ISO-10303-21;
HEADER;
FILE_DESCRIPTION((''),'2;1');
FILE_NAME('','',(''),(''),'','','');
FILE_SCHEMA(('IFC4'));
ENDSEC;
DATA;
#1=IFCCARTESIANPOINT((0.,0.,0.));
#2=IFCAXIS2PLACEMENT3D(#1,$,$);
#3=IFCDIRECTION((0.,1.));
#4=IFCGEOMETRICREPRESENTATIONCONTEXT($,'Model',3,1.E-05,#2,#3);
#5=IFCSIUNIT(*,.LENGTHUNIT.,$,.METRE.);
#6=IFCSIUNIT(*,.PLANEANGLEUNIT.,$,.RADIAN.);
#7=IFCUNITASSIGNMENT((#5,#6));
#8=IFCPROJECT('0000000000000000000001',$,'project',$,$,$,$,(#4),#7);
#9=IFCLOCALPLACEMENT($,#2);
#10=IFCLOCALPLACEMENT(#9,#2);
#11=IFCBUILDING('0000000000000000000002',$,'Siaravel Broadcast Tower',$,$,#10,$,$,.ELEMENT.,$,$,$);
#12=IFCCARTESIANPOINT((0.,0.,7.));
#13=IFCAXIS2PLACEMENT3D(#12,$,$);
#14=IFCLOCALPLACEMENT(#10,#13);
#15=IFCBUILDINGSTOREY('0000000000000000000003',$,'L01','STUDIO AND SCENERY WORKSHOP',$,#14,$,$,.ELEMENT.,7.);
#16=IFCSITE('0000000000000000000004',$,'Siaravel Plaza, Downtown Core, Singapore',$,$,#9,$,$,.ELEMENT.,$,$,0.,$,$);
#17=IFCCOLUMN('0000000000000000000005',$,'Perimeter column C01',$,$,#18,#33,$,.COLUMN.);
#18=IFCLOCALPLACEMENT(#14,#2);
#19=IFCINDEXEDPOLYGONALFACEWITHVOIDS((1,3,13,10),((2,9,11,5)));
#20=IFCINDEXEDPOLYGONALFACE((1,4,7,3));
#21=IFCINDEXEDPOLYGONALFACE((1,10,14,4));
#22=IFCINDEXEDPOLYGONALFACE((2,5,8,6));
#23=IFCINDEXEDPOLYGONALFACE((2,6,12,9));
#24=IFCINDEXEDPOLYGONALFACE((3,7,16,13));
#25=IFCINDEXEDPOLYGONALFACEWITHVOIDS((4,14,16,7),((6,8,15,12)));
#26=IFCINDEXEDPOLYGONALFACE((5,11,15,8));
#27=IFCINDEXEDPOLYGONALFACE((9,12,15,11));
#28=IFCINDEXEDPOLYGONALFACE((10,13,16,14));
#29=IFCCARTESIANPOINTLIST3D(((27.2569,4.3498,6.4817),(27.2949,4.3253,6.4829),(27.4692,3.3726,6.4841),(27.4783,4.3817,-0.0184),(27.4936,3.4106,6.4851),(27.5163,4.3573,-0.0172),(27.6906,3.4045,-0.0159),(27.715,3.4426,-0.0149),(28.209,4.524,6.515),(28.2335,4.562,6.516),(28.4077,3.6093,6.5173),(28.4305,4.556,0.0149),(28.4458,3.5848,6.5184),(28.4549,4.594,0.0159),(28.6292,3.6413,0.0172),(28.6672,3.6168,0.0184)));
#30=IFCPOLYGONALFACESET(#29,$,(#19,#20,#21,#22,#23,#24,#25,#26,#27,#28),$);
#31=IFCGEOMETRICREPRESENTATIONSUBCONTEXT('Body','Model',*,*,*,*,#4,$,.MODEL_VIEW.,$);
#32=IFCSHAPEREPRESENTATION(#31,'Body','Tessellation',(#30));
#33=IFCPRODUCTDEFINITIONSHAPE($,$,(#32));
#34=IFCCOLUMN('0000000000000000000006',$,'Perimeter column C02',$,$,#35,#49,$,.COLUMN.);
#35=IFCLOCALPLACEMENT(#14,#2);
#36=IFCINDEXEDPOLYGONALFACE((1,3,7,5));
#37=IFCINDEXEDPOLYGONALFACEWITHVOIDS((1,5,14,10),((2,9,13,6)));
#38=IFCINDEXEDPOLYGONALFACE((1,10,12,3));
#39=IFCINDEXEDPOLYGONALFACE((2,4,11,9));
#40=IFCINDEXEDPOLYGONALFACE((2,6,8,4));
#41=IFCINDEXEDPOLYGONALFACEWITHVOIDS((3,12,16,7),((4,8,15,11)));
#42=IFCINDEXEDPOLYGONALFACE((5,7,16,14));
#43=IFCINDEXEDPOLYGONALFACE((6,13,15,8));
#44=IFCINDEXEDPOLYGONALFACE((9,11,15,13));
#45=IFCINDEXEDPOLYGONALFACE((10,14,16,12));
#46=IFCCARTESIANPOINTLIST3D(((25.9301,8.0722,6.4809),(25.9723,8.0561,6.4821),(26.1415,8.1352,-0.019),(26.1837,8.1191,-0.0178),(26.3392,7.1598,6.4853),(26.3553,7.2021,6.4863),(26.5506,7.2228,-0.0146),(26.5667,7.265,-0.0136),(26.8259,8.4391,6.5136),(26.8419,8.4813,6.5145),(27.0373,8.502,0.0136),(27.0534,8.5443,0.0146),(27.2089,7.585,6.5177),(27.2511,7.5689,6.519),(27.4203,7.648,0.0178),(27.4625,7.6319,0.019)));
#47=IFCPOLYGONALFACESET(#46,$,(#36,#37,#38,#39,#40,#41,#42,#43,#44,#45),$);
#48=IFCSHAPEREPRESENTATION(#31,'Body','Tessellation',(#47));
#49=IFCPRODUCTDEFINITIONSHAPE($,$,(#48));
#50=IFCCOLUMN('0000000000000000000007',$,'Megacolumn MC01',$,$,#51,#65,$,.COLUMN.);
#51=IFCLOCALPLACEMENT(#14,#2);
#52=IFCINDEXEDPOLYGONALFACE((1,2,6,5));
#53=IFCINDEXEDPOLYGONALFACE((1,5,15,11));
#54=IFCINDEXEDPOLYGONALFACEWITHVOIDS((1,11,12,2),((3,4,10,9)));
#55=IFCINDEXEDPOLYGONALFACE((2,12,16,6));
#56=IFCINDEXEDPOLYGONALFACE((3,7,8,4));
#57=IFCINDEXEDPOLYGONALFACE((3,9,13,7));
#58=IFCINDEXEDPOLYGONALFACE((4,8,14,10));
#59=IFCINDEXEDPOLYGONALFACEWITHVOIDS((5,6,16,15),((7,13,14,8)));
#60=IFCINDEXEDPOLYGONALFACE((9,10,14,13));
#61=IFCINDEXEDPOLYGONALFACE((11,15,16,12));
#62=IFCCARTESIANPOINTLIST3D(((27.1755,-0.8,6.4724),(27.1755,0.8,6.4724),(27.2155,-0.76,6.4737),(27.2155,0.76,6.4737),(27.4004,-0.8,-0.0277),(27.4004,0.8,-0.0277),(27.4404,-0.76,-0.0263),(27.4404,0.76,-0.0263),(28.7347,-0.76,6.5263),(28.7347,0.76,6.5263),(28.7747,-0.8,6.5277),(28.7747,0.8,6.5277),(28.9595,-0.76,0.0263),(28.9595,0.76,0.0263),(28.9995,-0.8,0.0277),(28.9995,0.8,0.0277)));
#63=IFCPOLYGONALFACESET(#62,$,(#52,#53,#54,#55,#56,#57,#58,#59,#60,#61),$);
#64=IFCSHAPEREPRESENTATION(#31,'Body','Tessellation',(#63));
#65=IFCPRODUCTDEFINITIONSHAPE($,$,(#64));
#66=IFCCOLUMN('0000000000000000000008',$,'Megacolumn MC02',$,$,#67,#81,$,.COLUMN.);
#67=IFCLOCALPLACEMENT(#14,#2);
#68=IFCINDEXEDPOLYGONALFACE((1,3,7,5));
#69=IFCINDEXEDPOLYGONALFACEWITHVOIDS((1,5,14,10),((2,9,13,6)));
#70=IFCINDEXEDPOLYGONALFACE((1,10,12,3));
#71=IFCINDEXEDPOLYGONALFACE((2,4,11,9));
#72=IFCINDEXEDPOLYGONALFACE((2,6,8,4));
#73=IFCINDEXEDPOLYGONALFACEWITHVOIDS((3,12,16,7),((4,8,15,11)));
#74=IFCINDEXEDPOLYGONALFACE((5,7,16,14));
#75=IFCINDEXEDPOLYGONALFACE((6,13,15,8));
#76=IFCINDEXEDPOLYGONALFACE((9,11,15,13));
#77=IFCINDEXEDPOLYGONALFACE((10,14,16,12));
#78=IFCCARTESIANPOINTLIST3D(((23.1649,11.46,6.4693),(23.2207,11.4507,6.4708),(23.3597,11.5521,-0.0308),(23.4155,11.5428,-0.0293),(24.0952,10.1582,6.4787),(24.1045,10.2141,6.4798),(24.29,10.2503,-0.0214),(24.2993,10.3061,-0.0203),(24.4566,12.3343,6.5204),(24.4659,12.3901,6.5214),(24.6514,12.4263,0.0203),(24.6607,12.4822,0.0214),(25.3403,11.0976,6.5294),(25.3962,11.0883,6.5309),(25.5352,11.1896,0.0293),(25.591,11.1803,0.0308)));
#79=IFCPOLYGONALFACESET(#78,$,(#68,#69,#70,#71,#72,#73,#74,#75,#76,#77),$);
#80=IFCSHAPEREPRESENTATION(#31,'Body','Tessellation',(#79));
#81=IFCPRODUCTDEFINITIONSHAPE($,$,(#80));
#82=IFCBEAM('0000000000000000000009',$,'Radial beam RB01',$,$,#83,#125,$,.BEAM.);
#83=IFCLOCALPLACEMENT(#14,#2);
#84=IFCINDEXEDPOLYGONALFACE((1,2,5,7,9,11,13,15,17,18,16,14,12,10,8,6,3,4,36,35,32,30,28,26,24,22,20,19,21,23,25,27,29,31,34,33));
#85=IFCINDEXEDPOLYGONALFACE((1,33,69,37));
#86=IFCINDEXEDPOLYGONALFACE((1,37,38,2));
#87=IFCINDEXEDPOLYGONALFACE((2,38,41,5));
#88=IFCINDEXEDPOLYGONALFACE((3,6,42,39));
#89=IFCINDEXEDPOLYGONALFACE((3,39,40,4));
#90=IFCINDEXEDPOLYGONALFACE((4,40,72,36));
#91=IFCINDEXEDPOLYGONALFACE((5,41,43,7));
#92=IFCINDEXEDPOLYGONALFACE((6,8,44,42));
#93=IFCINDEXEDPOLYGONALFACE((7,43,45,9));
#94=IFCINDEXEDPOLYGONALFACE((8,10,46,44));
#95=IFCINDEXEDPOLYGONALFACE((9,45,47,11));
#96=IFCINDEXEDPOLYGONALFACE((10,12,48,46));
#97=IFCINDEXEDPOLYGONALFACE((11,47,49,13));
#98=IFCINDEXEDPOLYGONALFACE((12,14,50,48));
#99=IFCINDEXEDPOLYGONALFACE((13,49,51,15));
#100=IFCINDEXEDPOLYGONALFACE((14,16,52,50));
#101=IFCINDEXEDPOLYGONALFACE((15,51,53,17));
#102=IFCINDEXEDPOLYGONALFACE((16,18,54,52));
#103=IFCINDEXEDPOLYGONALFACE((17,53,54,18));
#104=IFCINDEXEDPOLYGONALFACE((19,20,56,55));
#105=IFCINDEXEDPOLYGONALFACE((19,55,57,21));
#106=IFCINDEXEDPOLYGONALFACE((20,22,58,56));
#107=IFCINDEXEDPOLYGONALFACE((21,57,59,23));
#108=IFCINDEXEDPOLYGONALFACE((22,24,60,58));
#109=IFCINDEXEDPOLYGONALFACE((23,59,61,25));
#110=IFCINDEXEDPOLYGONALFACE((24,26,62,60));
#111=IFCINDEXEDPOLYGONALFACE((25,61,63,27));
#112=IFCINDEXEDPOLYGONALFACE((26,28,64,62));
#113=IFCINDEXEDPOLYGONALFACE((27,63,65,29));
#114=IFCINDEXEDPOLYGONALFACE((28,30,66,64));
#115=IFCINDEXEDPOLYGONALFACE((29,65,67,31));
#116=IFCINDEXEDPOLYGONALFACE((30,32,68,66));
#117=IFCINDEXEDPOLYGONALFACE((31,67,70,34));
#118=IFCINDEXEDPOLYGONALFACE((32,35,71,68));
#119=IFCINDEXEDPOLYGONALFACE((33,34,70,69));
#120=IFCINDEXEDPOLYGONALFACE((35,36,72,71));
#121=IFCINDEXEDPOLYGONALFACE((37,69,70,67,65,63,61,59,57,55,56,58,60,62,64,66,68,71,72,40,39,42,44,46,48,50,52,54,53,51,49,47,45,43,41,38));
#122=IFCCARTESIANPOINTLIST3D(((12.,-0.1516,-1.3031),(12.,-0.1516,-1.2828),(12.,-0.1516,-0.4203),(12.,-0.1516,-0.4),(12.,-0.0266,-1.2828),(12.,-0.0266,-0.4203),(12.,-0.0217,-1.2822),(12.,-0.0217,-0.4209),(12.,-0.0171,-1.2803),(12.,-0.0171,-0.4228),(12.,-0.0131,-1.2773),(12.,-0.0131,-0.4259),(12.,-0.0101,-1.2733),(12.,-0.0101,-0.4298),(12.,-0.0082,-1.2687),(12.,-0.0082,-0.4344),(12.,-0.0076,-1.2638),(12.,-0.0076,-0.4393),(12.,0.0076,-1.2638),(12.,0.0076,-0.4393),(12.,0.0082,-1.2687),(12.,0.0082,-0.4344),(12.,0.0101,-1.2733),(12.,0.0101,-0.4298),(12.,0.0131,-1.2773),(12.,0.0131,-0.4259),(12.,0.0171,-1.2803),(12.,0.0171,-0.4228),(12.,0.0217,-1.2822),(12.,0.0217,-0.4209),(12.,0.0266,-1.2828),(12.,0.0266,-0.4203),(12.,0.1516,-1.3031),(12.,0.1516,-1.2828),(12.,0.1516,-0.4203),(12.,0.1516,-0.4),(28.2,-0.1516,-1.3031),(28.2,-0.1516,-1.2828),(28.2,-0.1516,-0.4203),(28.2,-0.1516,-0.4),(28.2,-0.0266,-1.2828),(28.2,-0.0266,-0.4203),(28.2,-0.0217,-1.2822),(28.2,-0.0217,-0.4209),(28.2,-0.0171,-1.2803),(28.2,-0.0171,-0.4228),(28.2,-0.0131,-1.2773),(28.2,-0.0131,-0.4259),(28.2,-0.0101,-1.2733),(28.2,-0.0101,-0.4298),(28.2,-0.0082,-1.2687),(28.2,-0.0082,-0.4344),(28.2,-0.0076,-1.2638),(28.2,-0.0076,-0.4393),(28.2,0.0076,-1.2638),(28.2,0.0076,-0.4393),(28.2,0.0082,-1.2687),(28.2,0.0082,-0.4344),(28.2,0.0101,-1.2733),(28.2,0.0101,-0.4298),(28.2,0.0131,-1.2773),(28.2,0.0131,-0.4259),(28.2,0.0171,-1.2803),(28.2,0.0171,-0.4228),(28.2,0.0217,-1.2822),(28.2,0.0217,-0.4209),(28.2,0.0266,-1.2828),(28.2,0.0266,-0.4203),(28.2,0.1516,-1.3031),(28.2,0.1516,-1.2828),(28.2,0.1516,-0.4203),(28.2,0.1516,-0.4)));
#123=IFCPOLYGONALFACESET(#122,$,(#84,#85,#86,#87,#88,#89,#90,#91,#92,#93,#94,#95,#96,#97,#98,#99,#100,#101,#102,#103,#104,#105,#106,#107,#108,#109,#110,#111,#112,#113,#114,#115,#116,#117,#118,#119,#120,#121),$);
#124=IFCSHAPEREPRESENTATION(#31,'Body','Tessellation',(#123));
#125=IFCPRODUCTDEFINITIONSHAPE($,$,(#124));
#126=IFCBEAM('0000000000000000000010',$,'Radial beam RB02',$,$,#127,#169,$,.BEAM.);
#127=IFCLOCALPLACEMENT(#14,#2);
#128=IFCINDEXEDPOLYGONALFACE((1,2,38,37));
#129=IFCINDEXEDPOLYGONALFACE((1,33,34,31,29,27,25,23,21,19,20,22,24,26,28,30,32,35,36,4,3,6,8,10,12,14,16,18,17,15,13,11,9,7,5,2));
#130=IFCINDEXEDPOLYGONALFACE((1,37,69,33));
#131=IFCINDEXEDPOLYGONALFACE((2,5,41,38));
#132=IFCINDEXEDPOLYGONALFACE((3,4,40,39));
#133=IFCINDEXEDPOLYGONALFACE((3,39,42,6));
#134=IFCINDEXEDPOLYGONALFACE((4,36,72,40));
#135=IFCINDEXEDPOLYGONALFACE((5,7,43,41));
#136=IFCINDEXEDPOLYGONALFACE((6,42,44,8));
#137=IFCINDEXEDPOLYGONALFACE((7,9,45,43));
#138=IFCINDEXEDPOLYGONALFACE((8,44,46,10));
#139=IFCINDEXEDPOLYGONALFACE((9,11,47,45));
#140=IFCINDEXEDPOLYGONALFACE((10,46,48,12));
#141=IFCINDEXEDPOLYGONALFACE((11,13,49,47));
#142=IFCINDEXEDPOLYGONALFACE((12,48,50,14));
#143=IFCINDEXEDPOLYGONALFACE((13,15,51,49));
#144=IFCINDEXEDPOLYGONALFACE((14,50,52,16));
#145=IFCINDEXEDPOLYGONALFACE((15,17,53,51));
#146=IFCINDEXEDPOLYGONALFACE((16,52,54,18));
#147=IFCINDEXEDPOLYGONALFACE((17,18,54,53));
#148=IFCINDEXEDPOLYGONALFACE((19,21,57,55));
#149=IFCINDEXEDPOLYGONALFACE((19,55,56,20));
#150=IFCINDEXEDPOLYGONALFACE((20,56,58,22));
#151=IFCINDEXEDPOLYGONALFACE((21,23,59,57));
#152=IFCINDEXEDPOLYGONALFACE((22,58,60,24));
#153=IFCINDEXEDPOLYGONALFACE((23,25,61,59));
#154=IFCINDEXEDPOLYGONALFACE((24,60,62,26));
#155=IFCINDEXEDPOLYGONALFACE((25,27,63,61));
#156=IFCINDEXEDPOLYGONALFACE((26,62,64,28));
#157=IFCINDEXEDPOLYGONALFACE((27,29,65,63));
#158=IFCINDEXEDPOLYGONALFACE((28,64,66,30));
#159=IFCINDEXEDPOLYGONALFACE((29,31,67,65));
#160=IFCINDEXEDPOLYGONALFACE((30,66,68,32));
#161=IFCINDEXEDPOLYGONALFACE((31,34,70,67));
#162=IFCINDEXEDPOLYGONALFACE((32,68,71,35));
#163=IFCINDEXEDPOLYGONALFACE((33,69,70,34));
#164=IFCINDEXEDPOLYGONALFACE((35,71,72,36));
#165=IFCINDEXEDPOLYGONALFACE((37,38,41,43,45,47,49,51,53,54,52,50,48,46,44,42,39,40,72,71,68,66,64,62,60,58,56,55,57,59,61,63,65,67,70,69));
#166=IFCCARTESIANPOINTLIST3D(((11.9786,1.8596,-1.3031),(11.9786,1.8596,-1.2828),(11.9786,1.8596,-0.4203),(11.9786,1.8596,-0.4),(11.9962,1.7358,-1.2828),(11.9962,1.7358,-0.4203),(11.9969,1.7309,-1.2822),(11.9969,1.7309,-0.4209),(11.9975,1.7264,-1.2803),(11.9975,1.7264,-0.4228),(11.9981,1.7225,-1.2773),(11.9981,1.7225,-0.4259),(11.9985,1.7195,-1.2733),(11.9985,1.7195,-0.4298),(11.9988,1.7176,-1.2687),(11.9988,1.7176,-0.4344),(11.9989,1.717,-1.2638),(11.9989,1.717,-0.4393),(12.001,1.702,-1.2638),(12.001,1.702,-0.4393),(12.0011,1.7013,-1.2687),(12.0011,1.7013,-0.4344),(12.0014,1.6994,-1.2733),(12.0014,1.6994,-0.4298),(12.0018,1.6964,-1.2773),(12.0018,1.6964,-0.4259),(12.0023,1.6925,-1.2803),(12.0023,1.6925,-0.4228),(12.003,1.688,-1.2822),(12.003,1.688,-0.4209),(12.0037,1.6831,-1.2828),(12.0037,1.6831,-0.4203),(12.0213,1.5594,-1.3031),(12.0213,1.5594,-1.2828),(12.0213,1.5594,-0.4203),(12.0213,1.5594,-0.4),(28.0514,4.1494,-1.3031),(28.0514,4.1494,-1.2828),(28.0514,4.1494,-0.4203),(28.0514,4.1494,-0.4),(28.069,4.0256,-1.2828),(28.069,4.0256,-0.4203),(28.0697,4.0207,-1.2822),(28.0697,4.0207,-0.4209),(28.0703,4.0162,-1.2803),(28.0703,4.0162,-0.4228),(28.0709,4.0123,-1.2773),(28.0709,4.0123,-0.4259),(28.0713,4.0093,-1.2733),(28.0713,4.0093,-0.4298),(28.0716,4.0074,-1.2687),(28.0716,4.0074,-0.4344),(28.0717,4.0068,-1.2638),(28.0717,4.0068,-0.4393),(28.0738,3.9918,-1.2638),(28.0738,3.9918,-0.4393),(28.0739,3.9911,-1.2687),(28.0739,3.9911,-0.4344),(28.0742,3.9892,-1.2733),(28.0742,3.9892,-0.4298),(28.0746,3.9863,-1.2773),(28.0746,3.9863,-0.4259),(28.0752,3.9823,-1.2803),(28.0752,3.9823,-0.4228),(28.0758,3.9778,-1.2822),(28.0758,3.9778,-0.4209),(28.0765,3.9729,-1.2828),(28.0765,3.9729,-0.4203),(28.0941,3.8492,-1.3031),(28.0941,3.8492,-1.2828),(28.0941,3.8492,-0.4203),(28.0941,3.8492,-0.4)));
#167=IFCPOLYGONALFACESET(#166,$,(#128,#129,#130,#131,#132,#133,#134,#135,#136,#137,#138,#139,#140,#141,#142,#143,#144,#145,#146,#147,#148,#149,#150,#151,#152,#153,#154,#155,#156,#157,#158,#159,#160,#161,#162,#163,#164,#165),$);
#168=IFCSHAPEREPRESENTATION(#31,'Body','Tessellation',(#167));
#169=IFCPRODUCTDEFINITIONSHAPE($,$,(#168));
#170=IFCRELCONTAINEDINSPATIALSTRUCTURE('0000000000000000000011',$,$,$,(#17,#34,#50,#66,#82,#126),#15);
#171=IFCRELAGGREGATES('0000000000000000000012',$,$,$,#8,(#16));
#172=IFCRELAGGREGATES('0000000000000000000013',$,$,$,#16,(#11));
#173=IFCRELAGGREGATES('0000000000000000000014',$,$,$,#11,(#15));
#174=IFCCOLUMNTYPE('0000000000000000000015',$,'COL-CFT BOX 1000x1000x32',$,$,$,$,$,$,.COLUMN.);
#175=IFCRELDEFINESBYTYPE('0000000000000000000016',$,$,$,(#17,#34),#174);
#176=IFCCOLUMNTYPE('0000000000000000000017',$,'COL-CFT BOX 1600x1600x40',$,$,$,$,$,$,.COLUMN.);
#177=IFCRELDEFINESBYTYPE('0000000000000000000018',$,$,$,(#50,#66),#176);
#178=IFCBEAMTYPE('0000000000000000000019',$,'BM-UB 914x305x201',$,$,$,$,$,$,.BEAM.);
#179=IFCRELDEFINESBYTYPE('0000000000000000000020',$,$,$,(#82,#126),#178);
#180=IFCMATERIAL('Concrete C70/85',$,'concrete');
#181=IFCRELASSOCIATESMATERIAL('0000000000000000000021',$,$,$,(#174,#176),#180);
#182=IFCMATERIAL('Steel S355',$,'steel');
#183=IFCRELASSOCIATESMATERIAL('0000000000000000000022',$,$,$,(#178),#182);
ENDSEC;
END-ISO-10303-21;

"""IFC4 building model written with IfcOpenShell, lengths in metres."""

from ifc_helpers import new_model, si_unit, direction, frame, origin, origin_2d, place, context, subcontext, project, spatial, hollow_rectangle, i_section, extrude, material, material_profile, profile_set, type_object, element, save


model = new_model("IFC4")

# Units and contexts
model_context = context("Model", 3, precision=1e-05, world=origin(), true_north=direction((0.0, 1.0)))
body_context = subcontext(model_context, "Body", "Model", "MODEL_VIEW")
ifc_project = project(units=[si_unit("LENGTHUNIT", "METRE"), si_unit("PLANEANGLEUNIT", "RADIAN")], contexts=[model_context])

# Site, building, storey
site_placement = place(None, origin())
site = spatial("IfcSite", under=ifc_project, at=site_placement, Name="Siaravel Plaza, Downtown Core, Singapore", CompositionType="ELEMENT", RefElevation=0.0)
building_placement = place(site_placement, origin())
building = spatial("IfcBuilding", under=site, at=building_placement, Name="Siaravel Broadcast Tower", CompositionType="ELEMENT")
storey_placement = place(building_placement, frame((0.0, 0.0, 7.0)))
storey = spatial("IfcBuildingStorey", under=building, at=storey_placement, Name="L01", Description="STUDIO AND SCENERY WORKSHOP", CompositionType="ELEMENT", Elevation=7.0)

# Columns
ifc_material_1 = material(Name="Concrete C70/85", Category="concrete")
ifc_material_profile_1 = material_profile(ifc_material_1, hollow_rectangle(XDim=1.0, YDim=1.0, WallThickness=0.032, at=origin_2d()))
ifc_profile_set_1 = profile_set([ifc_material_profile_1], Name="Concrete C70/85")
column_type_1 = type_object("IfcColumnType", Name="COL-CFT BOX 1000x1000x32", PredefinedType="COLUMN", material=ifc_profile_set_1)
column_1_placement = place(storey_placement, frame((28.0728, 3.9993, 0.0), z_axis=(-0.034047, -0.004917, 0.999408), x_axis=(0.212299, -0.977202, 0.002424)))
element("IfcColumn", 1, at=column_1_placement, inside=storey, type_object=column_type_1, Name="Perimeter column C01", PredefinedType="COLUMN", context=body_context, shape_type="SweptSolid", body=[
    extrude(hollow_rectangle(XDim=1.0, YDim=1.0, WallThickness=0.032, at=origin_2d()), origin(), (0.0, 0.0, 1.0), 6.5039),
])
column_2_placement = place(storey_placement, frame((26.802, 7.8835, 0.0), z_axis=(-0.032508, -0.009685, 0.999425), x_axis=(0.409165, -0.91245, 0.004467)))
element("IfcColumn", 2, at=column_2_placement, inside=storey, type_object=column_type_1, Name="Perimeter column C02", PredefinedType="COLUMN", context=body_context, shape_type="SweptSolid", body=[
    extrude(hollow_rectangle(XDim=1.0, YDim=1.0, WallThickness=0.032, at=origin_2d()), origin(), (0.0, 0.0, 1.0), 6.5037),
])
ifc_material_profile_2 = material_profile(ifc_material_1, hollow_rectangle(XDim=1.6001, YDim=1.6001, WallThickness=0.04, at=origin_2d()))
ifc_profile_set_2 = profile_set([ifc_material_profile_2], Name="Concrete C70/85")
column_type_2 = type_object("IfcColumnType", Name="COL-CFT BOX 1600x1600x40", PredefinedType="COLUMN", material=ifc_profile_set_2)
column_3_placement = place(storey_placement, frame((28.2, 0.0, 0.0), z_axis=(-0.034572, 0.0, 0.999402), x_axis=(0.0, -1.0, 0.0)))
element("IfcColumn", 3, at=column_3_placement, inside=storey, type_object=column_type_2, Name="Megacolumn MC01", PredefinedType="COLUMN", context=body_context, shape_type="SweptSolid", body=[
    extrude(hollow_rectangle(XDim=1.6001, YDim=1.6001, WallThickness=0.04, at=origin_2d()), origin(), (0.0, 0.0, 1.0), 6.5039),
])
column_4_placement = place(storey_placement, frame((24.4753, 11.3662, 0.0), z_axis=(-0.029957, -0.014152, 0.999451), x_axis=(0.581403, -0.813594, 0.005906)))
element("IfcColumn", 4, at=column_4_placement, inside=storey, type_object=column_type_2, Name="Megacolumn MC02", PredefinedType="COLUMN", context=body_context, shape_type="SweptSolid", body=[
    extrude(hollow_rectangle(XDim=1.6001, YDim=1.6001, WallThickness=0.04, at=origin_2d()), origin(), (0.0, 0.0, 1.0), 6.5037),
])

# Beams
ifc_material_2 = material(Name="Steel S355", Category="steel")
ifc_material_profile_3 = material_profile(ifc_material_2, i_section(OverallWidth=0.3032, OverallDepth=0.9031, WebThickness=0.0151, FlangeThickness=0.0203, FilletRadius=0.019, at=origin_2d()))
ifc_profile_set_3 = profile_set([ifc_material_profile_3], Name="Steel S355")
beam_type = type_object("IfcBeamType", Name="BM-UB 914x305x201", PredefinedType="BEAM", material=ifc_profile_set_3)
beam_1_placement = place(storey_placement, frame((28.2, 0.0, -0.8516), z_axis=(-1.0, 0.0, 0.0), x_axis=(0.0, -1.0, 0.0)))
element("IfcBeam", 5, at=beam_1_placement, inside=storey, type_object=beam_type, Name="Radial beam RB01", PredefinedType="BEAM", context=body_context, shape_type="SweptSolid", body=[
    extrude(i_section(OverallWidth=0.3032, OverallDepth=0.9031, WebThickness=0.0151, FlangeThickness=0.0203, FilletRadius=0.019, at=origin_2d()), origin(), (0.0, 0.0, 1.0), 16.2),
])
beam_2_placement = place(storey_placement, frame((28.0728, 3.9993, -0.8516), z_axis=(-0.990004, -0.14104, 0.0), x_axis=(0.14104, -0.990004, 0.0)))
element("IfcBeam", 6, at=beam_2_placement, inside=storey, type_object=beam_type, Name="Radial beam RB02", PredefinedType="BEAM", context=body_context, shape_type="SweptSolid", body=[
    extrude(i_section(OverallWidth=0.3032, OverallDepth=0.9031, WebThickness=0.0151, FlangeThickness=0.0203, FilletRadius=0.019, at=origin_2d()), origin(), (0.0, 0.0, 1.0), 16.2351),
])

save(model, "model.ifc")
